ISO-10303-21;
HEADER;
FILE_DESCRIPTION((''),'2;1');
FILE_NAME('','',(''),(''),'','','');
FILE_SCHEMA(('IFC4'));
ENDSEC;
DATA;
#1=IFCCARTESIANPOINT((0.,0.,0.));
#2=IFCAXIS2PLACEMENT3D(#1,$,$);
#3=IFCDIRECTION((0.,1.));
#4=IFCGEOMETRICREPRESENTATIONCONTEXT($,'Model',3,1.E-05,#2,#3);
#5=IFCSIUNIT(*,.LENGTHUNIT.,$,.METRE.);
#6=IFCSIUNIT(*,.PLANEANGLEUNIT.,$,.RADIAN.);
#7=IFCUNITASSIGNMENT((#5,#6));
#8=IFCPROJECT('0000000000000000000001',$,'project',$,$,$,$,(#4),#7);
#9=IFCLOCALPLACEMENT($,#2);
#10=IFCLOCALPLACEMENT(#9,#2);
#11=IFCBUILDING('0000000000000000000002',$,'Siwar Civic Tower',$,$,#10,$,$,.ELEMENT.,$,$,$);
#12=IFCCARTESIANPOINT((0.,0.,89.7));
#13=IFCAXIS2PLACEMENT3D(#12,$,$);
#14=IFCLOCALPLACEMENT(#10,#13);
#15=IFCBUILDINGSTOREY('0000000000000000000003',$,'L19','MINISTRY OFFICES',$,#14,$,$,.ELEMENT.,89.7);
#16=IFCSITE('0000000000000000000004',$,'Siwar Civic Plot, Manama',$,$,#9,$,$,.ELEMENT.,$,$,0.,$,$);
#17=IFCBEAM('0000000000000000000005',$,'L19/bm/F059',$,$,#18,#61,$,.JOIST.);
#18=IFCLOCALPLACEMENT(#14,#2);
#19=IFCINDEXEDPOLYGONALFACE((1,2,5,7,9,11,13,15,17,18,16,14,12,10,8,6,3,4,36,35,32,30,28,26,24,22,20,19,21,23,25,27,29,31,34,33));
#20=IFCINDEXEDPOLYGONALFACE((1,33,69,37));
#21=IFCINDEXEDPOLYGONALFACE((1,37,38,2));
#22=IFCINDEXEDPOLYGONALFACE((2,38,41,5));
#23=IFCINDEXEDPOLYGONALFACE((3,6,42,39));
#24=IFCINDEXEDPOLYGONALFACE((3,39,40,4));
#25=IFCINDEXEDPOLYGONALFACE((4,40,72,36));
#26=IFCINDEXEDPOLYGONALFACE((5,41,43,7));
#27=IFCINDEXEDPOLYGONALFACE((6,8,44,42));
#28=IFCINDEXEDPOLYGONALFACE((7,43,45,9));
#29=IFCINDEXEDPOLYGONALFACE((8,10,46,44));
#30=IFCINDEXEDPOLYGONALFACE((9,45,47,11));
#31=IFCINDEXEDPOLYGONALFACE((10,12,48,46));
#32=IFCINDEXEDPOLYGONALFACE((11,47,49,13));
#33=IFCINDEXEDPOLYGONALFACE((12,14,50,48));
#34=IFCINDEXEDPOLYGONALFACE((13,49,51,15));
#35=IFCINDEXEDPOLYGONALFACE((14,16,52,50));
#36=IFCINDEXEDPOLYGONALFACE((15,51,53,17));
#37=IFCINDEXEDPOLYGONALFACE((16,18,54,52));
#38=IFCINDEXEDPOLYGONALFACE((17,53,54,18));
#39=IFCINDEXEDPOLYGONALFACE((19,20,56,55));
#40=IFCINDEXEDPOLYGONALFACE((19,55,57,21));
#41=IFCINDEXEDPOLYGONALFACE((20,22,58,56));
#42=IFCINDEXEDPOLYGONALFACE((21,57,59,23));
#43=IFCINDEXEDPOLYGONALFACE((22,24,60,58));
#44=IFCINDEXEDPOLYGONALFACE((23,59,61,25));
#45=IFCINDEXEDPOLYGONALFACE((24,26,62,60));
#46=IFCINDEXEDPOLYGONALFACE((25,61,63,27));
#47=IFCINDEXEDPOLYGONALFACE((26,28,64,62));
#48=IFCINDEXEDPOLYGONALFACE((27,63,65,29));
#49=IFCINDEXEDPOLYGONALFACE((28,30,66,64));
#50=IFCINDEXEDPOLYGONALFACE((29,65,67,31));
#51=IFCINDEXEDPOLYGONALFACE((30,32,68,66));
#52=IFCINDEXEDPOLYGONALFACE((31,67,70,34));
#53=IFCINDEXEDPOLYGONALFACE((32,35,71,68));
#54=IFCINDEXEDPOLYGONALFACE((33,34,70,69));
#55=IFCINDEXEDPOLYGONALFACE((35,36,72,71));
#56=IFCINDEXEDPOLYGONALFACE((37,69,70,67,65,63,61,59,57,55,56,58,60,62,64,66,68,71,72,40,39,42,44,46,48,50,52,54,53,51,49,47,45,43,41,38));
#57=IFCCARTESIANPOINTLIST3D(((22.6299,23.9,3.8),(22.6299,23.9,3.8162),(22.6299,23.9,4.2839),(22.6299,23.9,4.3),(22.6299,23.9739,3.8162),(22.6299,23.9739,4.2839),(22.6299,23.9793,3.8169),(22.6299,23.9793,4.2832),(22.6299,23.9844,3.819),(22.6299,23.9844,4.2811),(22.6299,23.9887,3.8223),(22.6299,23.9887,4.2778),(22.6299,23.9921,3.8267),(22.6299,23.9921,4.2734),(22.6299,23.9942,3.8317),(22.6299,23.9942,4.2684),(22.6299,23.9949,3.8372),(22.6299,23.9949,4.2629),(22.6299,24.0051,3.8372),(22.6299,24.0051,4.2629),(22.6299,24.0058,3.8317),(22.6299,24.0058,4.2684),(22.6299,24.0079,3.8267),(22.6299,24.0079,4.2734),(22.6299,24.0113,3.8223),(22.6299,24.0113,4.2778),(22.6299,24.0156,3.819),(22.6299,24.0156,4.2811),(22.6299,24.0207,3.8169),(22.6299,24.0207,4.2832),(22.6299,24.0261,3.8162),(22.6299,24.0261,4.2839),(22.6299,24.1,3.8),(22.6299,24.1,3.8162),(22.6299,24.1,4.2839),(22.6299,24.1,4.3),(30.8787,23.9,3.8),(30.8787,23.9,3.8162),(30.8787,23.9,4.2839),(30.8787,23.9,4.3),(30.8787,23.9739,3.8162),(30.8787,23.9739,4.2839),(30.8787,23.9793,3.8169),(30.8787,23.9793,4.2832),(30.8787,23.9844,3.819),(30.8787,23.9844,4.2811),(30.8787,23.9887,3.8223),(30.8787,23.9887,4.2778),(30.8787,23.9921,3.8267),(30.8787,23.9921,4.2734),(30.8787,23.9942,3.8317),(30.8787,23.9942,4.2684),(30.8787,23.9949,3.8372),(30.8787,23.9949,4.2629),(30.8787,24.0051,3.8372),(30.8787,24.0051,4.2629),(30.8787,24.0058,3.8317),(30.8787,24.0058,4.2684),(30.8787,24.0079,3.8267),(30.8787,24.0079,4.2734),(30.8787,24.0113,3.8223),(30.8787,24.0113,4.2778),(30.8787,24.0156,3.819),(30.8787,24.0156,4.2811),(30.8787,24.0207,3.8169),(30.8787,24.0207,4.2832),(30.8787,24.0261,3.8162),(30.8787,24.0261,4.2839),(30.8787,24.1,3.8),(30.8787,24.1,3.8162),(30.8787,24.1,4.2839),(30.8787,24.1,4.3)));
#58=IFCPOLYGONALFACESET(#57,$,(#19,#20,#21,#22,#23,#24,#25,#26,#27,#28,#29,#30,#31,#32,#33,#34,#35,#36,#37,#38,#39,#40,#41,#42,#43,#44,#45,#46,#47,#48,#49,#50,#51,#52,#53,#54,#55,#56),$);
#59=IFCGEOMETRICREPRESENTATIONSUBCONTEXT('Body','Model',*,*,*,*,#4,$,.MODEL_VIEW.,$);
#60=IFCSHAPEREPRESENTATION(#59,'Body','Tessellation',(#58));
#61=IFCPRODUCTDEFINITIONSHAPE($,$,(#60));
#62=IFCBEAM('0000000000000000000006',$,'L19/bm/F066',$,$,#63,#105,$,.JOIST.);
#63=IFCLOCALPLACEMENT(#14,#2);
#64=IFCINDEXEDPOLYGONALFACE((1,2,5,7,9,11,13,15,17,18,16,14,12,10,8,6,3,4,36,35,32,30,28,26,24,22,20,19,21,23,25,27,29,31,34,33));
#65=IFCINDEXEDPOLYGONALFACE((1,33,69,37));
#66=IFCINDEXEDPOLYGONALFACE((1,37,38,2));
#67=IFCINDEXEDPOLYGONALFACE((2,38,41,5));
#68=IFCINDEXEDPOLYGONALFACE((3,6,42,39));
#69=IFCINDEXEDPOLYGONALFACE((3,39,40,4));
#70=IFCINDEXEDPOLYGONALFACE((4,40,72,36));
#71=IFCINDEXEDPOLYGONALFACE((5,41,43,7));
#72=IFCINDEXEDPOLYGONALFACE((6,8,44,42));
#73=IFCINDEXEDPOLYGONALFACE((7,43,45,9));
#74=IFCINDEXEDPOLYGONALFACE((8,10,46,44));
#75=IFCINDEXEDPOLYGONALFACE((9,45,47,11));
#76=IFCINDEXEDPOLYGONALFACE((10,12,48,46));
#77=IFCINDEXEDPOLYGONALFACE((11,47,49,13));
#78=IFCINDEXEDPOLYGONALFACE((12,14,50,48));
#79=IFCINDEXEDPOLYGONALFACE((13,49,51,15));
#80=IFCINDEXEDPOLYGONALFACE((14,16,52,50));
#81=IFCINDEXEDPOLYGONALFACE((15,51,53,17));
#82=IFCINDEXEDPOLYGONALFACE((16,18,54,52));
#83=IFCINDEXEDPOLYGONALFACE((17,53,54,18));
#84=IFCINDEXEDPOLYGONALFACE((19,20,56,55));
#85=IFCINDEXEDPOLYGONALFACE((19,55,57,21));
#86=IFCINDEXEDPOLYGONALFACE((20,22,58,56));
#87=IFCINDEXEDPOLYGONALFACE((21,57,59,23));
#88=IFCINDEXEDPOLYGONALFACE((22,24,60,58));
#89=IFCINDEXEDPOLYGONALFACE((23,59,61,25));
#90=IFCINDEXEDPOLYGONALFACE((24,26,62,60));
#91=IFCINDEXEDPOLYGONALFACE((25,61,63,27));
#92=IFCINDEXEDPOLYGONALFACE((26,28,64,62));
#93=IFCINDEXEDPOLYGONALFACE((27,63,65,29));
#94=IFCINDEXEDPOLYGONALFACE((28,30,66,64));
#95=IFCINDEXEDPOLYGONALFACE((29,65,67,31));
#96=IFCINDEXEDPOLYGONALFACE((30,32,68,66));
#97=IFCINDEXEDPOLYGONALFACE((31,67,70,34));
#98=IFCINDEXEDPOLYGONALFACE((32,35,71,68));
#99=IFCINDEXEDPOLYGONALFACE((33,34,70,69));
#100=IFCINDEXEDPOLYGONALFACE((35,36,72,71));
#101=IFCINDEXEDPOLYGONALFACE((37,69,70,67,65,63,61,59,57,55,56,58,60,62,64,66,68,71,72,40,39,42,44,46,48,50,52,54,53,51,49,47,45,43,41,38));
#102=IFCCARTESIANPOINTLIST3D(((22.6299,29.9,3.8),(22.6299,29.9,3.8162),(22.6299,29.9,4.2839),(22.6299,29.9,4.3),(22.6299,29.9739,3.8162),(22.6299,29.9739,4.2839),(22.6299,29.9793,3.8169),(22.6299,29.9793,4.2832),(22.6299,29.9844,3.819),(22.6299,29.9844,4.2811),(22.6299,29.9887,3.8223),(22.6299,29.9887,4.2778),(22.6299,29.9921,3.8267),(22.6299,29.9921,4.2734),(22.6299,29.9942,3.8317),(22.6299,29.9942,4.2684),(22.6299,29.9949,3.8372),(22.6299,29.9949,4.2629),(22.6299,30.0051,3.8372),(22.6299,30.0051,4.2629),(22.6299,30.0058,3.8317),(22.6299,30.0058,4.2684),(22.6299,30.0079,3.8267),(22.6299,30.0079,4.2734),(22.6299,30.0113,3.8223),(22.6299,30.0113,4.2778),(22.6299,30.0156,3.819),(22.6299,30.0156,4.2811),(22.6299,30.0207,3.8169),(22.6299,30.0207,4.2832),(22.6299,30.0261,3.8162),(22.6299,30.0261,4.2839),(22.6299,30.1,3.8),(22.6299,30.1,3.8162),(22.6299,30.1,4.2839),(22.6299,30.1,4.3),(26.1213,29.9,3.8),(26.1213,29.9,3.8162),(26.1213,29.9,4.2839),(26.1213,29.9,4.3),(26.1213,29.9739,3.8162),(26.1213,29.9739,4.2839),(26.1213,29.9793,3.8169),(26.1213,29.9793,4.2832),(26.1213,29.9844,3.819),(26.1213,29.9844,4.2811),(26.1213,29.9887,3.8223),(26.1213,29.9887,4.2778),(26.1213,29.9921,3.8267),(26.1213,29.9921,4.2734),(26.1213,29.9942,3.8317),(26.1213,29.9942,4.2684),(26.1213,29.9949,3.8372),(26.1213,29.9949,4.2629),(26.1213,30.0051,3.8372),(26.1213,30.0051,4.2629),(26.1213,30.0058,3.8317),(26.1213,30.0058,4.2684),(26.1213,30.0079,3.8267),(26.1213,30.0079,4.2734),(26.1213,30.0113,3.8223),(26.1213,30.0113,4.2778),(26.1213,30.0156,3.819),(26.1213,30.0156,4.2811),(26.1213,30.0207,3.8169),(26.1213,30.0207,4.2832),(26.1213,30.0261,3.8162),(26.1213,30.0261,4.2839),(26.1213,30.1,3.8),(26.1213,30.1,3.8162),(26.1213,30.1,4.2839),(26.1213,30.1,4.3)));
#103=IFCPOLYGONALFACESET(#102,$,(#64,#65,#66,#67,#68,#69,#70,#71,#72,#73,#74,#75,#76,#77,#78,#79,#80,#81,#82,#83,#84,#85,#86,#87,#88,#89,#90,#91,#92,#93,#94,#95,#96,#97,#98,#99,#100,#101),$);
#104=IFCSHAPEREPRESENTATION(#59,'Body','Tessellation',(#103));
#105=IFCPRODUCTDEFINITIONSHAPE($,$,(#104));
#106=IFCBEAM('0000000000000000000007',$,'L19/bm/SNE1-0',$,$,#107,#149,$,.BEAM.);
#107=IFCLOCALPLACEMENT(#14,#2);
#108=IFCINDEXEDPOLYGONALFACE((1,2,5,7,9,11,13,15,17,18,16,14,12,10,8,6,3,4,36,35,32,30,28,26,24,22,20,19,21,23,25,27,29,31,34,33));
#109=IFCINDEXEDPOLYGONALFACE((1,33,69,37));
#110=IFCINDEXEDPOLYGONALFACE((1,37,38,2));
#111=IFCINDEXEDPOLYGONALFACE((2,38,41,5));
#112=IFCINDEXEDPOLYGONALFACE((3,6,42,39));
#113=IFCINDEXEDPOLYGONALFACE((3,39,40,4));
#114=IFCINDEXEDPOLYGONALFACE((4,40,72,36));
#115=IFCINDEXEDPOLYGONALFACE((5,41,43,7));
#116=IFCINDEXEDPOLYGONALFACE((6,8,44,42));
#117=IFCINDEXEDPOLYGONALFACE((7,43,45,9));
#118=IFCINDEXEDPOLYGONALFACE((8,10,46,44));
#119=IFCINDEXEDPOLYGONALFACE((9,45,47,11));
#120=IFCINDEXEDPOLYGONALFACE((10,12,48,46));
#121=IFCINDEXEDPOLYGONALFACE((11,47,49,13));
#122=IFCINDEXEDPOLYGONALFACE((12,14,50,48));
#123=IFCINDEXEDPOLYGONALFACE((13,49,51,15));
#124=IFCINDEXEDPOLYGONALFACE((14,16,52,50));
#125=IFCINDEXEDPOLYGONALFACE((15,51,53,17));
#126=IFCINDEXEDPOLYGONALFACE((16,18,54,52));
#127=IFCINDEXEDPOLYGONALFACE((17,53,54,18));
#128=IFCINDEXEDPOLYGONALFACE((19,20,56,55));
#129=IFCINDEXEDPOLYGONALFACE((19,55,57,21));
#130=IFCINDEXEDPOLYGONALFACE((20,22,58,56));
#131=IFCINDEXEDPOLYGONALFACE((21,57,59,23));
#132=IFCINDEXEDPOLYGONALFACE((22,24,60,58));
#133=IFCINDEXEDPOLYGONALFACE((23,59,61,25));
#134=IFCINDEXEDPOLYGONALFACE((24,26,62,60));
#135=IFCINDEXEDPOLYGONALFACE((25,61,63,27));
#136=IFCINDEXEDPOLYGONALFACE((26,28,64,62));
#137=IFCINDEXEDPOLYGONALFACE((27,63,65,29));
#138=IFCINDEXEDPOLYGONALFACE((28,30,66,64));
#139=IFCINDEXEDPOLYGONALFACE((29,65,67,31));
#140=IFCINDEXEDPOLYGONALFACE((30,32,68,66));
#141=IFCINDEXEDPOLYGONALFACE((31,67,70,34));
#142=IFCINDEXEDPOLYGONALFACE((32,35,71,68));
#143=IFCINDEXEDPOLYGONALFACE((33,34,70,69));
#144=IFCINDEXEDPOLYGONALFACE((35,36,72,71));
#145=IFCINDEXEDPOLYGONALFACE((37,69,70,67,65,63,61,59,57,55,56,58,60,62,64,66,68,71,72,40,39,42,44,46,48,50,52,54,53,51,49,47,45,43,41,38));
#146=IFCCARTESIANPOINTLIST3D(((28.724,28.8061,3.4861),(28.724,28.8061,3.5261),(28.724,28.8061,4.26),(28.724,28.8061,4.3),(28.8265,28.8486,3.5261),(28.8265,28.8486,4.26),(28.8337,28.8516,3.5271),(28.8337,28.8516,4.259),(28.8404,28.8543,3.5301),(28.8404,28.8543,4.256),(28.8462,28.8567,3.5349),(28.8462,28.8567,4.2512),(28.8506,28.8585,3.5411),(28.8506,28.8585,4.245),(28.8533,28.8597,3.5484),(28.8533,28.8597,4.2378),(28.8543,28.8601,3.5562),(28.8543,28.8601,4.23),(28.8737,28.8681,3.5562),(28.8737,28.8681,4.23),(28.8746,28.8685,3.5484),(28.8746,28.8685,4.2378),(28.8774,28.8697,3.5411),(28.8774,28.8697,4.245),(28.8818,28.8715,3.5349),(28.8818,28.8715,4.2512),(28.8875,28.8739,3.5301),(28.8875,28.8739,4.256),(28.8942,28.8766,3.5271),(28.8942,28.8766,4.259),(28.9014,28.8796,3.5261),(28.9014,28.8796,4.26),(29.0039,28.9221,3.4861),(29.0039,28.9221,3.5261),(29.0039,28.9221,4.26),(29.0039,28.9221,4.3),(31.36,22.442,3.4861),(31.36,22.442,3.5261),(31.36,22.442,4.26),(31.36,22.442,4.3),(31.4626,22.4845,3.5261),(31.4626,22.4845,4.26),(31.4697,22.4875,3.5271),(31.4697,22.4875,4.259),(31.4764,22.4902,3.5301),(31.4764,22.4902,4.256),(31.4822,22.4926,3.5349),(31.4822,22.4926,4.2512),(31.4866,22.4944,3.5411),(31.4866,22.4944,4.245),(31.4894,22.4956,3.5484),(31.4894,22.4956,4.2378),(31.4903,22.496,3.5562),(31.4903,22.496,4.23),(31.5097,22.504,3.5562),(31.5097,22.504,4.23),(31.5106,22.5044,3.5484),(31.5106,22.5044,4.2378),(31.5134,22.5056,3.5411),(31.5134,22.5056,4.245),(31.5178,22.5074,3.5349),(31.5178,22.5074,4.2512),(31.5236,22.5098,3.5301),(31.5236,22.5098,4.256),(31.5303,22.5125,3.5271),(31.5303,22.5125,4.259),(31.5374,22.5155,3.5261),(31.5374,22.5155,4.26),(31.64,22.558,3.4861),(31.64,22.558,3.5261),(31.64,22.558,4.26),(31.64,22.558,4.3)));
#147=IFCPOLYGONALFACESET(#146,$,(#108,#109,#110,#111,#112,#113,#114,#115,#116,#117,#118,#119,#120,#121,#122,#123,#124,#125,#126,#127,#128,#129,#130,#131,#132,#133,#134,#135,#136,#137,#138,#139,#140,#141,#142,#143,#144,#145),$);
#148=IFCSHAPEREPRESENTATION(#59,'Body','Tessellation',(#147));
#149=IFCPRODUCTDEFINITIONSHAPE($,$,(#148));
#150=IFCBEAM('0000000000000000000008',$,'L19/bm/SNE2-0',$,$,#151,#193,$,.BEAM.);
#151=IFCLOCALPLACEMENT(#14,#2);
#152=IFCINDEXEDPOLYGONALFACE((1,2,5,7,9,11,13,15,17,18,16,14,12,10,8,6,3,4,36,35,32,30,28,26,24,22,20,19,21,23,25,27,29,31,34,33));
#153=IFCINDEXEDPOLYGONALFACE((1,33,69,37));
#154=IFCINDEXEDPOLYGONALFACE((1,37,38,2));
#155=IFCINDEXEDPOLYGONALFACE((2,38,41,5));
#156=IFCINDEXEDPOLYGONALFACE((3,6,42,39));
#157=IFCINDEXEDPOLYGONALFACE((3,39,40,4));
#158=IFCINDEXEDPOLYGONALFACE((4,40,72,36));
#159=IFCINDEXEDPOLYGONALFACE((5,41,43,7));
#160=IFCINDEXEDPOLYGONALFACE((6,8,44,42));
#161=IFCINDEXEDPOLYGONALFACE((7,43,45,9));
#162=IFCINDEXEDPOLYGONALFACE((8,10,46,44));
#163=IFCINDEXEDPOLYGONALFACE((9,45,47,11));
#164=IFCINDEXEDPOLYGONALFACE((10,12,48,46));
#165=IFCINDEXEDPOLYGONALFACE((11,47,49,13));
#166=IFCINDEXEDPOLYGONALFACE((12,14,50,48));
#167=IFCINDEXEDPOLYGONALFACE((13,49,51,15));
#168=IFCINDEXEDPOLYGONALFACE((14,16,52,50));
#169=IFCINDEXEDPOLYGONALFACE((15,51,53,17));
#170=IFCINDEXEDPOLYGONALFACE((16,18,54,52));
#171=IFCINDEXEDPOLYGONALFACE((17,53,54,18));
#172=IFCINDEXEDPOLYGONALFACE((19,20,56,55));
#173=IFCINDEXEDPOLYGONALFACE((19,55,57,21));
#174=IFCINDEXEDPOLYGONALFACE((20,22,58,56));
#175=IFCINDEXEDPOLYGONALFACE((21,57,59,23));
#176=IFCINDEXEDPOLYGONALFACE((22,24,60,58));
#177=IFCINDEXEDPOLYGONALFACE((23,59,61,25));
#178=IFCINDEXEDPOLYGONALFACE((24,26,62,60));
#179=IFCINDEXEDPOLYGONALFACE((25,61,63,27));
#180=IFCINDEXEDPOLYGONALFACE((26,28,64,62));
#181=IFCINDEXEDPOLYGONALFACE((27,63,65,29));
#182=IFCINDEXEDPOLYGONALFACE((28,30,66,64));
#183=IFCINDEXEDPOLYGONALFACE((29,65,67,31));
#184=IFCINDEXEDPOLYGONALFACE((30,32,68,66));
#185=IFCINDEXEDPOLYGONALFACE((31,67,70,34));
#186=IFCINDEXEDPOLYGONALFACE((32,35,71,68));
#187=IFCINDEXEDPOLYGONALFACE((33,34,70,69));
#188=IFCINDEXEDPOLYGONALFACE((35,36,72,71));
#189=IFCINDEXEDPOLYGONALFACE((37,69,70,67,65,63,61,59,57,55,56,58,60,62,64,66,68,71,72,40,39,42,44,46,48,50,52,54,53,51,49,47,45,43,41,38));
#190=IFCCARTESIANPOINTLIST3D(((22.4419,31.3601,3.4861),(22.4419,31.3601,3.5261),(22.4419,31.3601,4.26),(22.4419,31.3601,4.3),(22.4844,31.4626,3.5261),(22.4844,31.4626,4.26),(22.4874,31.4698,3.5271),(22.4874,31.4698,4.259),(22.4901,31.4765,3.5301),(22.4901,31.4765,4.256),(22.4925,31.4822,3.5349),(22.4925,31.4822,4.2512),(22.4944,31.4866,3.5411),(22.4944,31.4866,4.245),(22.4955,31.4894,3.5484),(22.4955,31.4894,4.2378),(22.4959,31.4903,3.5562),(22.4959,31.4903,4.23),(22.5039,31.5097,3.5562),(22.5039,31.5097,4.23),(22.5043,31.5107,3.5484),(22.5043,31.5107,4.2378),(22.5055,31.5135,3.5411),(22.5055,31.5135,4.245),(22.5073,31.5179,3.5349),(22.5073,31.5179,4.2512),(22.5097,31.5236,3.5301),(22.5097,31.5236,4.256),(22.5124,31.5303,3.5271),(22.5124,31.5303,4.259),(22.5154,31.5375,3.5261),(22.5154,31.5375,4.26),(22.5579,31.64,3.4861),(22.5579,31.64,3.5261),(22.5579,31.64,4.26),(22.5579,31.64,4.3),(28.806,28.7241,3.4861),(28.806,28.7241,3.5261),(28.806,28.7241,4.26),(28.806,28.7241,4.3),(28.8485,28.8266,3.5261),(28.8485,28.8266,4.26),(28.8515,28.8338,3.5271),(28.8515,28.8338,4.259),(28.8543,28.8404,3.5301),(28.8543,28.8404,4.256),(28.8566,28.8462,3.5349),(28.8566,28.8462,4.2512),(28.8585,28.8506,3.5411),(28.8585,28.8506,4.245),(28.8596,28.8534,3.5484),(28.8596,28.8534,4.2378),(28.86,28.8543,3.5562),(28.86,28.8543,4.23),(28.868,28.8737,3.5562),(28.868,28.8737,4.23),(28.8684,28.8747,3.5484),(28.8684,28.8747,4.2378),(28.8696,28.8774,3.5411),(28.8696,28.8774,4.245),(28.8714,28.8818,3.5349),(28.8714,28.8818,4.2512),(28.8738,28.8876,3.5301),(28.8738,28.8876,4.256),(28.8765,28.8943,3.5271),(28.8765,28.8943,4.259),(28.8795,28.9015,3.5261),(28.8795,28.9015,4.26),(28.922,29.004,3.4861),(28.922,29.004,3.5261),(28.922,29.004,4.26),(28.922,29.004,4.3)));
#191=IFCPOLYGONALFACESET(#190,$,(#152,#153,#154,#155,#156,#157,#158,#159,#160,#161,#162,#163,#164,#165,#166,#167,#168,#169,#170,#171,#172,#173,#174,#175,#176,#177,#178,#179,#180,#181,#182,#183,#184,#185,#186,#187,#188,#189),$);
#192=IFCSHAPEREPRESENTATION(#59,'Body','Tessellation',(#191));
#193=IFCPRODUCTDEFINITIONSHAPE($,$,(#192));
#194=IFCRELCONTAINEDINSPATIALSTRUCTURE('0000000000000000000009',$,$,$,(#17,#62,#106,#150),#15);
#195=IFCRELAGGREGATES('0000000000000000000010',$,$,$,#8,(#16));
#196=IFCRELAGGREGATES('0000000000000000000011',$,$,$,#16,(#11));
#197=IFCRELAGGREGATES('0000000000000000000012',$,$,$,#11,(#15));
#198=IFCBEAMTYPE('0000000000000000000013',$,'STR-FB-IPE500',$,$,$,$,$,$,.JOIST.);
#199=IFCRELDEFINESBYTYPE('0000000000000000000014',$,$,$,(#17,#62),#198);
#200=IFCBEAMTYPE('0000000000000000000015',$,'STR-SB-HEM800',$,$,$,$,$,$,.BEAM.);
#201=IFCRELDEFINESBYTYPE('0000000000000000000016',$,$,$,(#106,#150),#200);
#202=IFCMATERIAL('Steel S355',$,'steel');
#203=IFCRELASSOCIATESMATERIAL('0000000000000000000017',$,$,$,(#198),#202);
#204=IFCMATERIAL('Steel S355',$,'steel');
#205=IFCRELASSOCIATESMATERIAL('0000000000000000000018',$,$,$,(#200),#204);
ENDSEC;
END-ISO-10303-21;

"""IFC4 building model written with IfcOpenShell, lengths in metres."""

from ifc_helpers import new_model, si_unit, direction, frame, origin, origin_2d, place, context, subcontext, project, spatial, i_section, extrude, material, material_profile, profile_set, type_object, element, save


model = new_model("IFC4")

# Units and contexts
model_context = context("Model", 3, precision=1e-05, world=origin(), true_north=direction((0.0, 1.0)))
body_context = subcontext(model_context, "Body", "Model", "MODEL_VIEW")
ifc_project = project(units=[si_unit("LENGTHUNIT", "METRE"), si_unit("PLANEANGLEUNIT", "RADIAN")], contexts=[model_context])

# Site, building, storey
site_placement = place(None, origin())
site = spatial("IfcSite", under=ifc_project, at=site_placement, Name="Siwar Civic Plot, Manama", CompositionType="ELEMENT", RefElevation=0.0)
building_placement = place(site_placement, origin())
building = spatial("IfcBuilding", under=site, at=building_placement, Name="Siwar Civic Tower", CompositionType="ELEMENT")
storey_placement = place(building_placement, frame((0.0, 0.0, 89.7)))
storey = spatial("IfcBuildingStorey", under=building, at=storey_placement, Name="L19", Description="MINISTRY OFFICES", CompositionType="ELEMENT", Elevation=89.7)

# Beams
ifc_material_1 = material(Name="Steel S355", Category="steel")
ifc_material_profile_1 = material_profile(ifc_material_1, i_section(OverallWidth=0.2, OverallDepth=0.5, WebThickness=0.0103, FlangeThickness=0.0161, FilletRadius=0.021, at=origin_2d()), Name="IPE500")
ifc_profile_set_1 = profile_set([ifc_material_profile_1], Name="Steel S355")
beam_type_1 = type_object("IfcBeamType", Name="STR-FB-IPE500", PredefinedType="JOIST", material=ifc_profile_set_1)
beam_1_placement = place(storey_placement, frame((22.6299, 24.0, 4.05), z_axis=(1.0, 0.0, 0.0), x_axis=(0.0, 1.0, 0.0)))
element("IfcBeam", 1, at=beam_1_placement, inside=storey, type_object=beam_type_1, Name="L19/bm/F059", PredefinedType="JOIST", context=body_context, shape_type="SweptSolid", body=[
    extrude(i_section(OverallWidth=0.2, OverallDepth=0.5, WebThickness=0.0103, FlangeThickness=0.0161, FilletRadius=0.021, at=origin_2d()), origin(), (0.0, 0.0, 1.0), 8.2488),
])
beam_2_placement = place(storey_placement, frame((22.6299, 30.0, 4.05), z_axis=(1.0, 0.0, 0.0), x_axis=(0.0, 1.0, 0.0)))
element("IfcBeam", 2, at=beam_2_placement, inside=storey, type_object=beam_type_1, Name="L19/bm/F066", PredefinedType="JOIST", context=body_context, shape_type="SweptSolid", body=[
    extrude(i_section(OverallWidth=0.2, OverallDepth=0.5, WebThickness=0.0103, FlangeThickness=0.0161, FilletRadius=0.021, at=origin_2d()), origin(), (0.0, 0.0, 1.0), 3.4915),
])
ifc_material_2 = material(Name="Steel S355", Category="steel")
ifc_material_profile_2 = material_profile(ifc_material_2, i_section(OverallWidth=0.303, OverallDepth=0.814, WebThickness=0.021, FlangeThickness=0.04, FilletRadius=0.03, at=origin_2d()), Name="HEM800")
ifc_profile_set_2 = profile_set([ifc_material_profile_2], Name="Steel S355")
beam_type_2 = type_object("IfcBeamType", Name="STR-SB-HEM800", PredefinedType="BEAM", material=ifc_profile_set_2)
for number, where, z_axis, x_axis, name in (
    (3, (31.5, 22.5, 3.8931), (-0.382674, 0.923883, 0.0), (-0.923883, -0.382674, 0.0), "L19/bm/SNE1-0"),
    (4, (28.864, 28.864, 3.8931), (-0.923883, 0.382674, 0.0), (-0.382674, -0.923883, 0.0), "L19/bm/SNE2-0"),
):
    element("IfcBeam", number, at=place(storey_placement, frame(where, z_axis=z_axis, x_axis=x_axis)), inside=storey, type_object=beam_type_2, Name=name, PredefinedType="BEAM", context=body_context, shape_type="SweptSolid", body=[
        extrude(i_section(OverallWidth=0.303, OverallDepth=0.814, WebThickness=0.021, FlangeThickness=0.04, FilletRadius=0.03, at=origin_2d()), origin(), (0.0, 0.0, 1.0), 6.8884),
    ])

save(model, "model.ifc")
